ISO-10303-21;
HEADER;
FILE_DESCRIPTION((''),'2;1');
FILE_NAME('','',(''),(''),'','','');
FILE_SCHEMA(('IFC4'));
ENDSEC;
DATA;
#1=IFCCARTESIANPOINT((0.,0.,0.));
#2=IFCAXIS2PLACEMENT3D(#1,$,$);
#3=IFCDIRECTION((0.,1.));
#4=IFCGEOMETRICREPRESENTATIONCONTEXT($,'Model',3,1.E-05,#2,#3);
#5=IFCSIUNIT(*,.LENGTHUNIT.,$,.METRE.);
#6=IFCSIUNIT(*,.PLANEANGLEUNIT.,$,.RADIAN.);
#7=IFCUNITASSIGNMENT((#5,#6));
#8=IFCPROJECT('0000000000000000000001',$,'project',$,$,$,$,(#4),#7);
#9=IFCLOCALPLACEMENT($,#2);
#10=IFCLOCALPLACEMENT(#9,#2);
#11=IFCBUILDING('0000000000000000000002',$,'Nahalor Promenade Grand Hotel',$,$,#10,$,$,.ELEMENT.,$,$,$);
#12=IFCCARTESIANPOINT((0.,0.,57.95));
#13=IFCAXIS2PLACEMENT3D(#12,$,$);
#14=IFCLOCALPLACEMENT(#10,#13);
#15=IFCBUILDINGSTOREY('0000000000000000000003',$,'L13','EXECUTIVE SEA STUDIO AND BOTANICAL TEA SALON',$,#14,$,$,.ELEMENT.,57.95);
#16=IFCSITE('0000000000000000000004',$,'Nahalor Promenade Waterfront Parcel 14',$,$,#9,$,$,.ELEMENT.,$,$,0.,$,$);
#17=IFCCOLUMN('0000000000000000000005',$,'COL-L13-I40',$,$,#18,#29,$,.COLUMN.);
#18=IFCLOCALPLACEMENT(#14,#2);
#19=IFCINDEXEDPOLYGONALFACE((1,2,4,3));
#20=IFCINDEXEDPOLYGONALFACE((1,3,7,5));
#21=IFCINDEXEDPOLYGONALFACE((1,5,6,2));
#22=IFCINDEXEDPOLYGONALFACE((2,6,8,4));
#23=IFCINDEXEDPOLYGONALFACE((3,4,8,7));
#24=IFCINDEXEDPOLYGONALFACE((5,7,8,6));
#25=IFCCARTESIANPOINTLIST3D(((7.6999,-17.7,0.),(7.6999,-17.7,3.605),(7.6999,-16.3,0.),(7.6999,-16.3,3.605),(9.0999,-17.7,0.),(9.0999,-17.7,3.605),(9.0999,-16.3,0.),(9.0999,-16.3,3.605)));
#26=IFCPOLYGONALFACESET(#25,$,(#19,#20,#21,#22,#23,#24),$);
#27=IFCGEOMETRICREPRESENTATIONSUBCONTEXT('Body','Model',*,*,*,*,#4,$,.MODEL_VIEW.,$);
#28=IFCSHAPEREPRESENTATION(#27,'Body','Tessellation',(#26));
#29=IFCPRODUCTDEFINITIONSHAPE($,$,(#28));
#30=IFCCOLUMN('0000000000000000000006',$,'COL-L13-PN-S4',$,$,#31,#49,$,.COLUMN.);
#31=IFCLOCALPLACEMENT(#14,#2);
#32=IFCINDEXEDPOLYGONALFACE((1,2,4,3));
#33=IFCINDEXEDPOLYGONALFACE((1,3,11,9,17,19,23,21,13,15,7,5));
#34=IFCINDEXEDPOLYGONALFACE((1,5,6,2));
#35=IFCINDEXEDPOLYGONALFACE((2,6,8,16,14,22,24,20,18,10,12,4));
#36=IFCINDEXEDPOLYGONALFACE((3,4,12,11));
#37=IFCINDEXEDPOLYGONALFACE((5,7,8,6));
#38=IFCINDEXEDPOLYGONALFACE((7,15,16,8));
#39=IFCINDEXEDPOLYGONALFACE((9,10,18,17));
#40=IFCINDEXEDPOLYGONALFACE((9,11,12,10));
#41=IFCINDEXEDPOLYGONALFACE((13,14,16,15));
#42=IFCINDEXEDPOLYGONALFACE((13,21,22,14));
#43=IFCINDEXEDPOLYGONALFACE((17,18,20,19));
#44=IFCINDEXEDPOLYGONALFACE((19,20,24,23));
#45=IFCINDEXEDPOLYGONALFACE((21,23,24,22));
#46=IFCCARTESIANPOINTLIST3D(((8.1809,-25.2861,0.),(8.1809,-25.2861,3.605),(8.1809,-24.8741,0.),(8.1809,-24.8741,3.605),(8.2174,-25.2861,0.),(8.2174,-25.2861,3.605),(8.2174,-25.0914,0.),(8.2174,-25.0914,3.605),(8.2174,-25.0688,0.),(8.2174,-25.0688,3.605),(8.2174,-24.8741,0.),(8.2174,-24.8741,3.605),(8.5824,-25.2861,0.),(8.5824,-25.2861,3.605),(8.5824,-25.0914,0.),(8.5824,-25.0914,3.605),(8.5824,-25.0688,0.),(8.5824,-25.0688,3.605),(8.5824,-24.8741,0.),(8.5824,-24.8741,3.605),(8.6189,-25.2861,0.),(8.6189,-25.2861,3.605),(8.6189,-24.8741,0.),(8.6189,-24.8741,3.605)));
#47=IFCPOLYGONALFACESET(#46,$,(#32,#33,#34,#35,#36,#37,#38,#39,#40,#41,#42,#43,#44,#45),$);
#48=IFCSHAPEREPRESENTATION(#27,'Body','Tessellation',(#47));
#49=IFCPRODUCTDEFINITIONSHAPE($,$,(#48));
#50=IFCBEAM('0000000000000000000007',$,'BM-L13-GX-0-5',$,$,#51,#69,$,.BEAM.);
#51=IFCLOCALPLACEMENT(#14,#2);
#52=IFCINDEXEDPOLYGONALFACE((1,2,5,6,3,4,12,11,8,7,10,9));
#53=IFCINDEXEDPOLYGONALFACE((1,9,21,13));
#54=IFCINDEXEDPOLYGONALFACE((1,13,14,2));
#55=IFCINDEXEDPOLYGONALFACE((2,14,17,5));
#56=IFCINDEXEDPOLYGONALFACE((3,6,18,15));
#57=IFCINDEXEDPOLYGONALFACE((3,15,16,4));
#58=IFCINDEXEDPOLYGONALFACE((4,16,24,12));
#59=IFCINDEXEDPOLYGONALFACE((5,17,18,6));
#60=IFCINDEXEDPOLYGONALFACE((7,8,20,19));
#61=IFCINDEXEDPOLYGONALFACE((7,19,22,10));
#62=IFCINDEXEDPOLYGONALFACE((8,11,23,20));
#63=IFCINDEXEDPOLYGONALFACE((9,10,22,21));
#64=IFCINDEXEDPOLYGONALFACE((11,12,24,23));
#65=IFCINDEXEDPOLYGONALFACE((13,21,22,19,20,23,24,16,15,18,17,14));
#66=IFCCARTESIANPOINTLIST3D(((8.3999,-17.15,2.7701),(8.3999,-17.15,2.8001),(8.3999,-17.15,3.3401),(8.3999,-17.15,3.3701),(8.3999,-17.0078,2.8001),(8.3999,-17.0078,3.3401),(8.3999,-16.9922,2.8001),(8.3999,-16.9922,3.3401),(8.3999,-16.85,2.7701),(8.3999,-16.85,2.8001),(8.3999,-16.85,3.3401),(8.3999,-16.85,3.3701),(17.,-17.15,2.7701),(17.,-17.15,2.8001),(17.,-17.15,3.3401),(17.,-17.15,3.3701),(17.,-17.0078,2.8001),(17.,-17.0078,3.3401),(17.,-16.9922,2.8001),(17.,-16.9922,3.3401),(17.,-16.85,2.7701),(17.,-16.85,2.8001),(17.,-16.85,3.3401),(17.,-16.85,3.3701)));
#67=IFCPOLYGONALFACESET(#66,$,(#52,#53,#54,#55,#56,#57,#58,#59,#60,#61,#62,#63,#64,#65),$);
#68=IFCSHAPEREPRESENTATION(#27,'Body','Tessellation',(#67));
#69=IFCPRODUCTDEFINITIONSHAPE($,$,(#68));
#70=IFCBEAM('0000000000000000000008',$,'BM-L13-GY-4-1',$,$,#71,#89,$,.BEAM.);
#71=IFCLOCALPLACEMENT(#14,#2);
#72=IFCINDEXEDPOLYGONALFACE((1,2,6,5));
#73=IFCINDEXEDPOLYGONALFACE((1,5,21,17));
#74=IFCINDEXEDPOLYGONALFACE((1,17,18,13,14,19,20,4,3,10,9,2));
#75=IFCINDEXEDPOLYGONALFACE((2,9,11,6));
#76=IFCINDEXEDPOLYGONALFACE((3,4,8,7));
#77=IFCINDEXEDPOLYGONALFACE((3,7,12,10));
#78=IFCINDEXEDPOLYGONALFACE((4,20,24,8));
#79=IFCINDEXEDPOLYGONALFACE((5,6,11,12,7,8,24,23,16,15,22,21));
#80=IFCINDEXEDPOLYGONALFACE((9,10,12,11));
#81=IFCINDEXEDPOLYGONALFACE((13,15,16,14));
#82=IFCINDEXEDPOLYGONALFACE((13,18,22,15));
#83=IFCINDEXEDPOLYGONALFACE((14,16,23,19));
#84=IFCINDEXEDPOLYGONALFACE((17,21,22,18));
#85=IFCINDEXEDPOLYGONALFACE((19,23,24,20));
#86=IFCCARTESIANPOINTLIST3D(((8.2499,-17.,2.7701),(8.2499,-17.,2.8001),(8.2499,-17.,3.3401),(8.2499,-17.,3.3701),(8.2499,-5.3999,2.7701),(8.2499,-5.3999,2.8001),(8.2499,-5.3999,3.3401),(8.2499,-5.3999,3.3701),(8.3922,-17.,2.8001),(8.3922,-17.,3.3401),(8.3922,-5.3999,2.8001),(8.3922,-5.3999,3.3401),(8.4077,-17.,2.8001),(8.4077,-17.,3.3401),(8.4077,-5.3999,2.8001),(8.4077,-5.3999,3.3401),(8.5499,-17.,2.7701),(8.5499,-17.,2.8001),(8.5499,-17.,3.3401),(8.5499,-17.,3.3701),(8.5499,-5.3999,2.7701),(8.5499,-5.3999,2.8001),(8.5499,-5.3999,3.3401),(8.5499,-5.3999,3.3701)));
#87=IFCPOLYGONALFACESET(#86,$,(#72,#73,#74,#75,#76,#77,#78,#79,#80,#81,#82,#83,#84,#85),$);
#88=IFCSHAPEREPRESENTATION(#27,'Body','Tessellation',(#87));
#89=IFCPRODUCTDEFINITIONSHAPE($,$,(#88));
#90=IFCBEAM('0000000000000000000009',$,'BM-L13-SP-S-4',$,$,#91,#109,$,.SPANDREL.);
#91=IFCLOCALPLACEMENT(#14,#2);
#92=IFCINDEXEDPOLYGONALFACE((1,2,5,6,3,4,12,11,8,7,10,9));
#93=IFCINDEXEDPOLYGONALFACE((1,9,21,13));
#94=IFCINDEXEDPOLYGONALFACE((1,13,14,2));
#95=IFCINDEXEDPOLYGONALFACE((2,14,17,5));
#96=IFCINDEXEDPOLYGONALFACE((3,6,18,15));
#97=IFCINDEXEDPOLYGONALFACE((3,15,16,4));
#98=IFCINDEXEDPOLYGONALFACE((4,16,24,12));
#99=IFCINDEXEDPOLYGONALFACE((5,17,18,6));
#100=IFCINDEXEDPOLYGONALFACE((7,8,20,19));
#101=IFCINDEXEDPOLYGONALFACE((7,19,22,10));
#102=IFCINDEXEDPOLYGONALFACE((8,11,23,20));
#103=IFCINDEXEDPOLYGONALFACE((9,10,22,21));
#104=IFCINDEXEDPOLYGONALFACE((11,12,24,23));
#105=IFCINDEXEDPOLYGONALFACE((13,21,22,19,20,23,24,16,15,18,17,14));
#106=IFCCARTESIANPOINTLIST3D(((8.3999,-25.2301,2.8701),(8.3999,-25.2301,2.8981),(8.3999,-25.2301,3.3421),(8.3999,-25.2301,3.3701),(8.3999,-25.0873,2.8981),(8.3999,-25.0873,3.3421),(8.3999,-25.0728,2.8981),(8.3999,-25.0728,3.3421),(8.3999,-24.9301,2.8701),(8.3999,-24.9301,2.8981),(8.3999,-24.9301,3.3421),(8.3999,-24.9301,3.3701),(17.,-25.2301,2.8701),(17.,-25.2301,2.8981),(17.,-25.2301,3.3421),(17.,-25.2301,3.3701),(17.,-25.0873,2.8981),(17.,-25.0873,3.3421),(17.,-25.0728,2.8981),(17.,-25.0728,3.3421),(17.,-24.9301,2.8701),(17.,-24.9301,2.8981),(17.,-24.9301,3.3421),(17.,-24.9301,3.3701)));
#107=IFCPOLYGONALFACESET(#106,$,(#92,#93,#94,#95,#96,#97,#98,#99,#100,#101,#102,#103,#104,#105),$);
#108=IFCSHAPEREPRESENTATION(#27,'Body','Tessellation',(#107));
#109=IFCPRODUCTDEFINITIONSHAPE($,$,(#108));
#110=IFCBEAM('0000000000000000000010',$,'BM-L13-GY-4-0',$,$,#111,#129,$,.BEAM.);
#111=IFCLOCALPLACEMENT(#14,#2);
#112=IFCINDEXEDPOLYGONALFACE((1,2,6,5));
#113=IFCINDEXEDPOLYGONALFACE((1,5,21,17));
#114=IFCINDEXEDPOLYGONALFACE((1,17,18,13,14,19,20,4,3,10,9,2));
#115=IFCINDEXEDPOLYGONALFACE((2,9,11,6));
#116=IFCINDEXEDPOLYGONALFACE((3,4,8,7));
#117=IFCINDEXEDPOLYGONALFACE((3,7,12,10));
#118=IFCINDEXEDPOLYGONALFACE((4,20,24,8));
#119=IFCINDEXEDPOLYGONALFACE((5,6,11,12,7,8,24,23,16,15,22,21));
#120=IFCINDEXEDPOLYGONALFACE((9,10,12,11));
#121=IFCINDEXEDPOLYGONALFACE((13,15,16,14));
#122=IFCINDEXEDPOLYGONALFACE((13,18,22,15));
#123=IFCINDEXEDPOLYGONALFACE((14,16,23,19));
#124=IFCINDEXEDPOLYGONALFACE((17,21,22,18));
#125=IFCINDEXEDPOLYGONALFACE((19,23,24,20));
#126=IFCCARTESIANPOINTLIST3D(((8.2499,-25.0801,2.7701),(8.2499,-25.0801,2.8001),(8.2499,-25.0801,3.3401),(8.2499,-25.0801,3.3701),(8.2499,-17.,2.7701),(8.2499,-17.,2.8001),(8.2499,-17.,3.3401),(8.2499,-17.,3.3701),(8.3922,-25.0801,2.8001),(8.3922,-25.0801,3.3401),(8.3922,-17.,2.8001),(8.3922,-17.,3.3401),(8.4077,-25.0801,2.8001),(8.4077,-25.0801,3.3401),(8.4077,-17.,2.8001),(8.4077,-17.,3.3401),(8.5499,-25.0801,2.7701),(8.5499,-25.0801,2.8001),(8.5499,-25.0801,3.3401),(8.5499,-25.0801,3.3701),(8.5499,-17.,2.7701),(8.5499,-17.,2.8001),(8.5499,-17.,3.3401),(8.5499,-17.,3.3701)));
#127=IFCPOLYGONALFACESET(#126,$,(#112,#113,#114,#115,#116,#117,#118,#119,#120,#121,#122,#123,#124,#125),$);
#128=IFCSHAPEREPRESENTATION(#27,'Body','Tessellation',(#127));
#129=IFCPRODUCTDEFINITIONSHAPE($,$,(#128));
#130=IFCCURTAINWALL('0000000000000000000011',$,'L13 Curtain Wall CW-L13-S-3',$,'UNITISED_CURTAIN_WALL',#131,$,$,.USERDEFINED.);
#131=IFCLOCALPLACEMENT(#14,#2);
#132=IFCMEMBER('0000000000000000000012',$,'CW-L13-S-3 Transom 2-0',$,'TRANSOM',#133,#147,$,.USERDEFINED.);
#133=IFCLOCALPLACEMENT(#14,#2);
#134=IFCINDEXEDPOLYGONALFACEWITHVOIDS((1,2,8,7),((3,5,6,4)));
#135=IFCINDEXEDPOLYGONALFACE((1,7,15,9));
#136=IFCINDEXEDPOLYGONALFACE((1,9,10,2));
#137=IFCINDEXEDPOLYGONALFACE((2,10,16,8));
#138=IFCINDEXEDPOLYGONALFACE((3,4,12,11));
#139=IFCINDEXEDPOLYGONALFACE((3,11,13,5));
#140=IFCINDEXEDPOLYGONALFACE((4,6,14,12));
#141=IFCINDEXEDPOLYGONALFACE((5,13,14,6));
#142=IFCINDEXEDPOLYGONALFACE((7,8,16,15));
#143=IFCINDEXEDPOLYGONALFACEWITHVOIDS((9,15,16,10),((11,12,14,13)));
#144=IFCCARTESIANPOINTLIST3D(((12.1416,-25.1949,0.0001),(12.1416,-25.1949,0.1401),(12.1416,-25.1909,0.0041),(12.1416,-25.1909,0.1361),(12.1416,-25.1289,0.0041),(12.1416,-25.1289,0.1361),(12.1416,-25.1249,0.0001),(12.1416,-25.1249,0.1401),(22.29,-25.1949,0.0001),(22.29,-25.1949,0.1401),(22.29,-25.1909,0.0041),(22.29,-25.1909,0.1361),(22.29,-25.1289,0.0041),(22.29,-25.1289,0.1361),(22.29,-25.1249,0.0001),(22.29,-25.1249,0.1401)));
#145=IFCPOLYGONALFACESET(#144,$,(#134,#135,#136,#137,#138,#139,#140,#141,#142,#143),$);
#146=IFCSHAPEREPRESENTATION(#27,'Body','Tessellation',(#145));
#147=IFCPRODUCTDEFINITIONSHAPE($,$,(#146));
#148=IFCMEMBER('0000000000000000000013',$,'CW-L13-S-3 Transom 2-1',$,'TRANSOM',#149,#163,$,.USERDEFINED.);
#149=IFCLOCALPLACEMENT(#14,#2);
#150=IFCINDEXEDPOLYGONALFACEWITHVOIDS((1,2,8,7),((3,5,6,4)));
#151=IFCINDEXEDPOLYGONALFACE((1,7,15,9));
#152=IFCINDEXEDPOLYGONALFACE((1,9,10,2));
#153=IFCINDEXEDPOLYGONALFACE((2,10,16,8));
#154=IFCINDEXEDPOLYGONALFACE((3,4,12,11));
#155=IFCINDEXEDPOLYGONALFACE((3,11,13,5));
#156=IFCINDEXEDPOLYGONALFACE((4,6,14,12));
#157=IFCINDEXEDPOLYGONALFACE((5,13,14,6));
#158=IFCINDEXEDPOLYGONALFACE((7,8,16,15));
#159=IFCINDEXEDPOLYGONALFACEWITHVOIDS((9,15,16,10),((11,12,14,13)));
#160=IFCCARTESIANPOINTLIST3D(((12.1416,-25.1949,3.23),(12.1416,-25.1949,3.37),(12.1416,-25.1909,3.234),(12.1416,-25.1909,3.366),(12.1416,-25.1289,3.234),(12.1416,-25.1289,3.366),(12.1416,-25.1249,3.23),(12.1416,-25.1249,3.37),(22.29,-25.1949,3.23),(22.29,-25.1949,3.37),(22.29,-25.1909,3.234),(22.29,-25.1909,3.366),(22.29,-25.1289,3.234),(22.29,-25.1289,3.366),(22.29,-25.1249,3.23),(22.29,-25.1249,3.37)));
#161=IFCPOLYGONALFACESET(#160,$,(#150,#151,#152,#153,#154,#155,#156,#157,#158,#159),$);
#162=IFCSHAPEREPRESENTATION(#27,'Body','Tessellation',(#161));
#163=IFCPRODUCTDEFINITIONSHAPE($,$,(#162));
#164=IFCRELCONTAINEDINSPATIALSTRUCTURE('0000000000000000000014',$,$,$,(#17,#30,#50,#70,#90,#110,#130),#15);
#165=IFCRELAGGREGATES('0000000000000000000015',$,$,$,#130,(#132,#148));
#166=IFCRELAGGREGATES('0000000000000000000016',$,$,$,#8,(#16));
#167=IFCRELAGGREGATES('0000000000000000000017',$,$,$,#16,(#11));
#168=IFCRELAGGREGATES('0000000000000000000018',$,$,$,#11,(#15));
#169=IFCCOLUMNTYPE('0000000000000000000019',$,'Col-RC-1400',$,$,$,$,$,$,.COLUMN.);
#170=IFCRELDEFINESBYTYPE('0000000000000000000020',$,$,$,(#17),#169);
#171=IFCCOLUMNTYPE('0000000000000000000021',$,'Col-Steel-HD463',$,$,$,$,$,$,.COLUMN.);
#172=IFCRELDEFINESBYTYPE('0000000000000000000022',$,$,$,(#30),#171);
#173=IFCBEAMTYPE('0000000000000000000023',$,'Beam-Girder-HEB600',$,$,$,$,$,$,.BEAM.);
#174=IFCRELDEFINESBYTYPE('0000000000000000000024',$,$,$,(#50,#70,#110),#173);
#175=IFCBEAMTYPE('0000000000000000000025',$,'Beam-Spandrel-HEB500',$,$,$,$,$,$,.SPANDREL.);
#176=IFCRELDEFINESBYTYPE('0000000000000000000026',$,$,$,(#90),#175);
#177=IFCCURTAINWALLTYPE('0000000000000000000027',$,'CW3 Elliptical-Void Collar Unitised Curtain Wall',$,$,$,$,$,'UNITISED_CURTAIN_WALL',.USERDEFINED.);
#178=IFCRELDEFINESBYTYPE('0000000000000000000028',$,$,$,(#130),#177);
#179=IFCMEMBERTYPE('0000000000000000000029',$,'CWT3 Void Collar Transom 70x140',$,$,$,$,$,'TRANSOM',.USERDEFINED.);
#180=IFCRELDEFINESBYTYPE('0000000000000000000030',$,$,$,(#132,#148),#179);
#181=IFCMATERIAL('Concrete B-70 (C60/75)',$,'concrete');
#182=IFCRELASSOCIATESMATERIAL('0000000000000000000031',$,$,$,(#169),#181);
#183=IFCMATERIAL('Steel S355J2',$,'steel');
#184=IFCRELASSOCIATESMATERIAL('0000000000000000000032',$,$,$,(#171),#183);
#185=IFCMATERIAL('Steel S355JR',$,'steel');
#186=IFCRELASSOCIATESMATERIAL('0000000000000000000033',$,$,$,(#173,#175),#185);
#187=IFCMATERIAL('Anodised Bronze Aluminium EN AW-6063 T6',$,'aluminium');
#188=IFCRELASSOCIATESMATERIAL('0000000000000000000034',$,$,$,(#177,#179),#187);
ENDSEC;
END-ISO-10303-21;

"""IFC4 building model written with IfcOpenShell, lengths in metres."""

from ifc_helpers import new_model, si_unit, direction, frame, origin, origin_2d, place, context, subcontext, project, spatial, rectangle, hollow_rectangle, i_section, extrude, source, transform, mapped, material, material_profile, profile_set, type_object, element, aggregate, save


model = new_model("IFC4")

# Units and contexts
model_context = context("Model", 3, precision=1e-05, world=origin(), true_north=direction((0.0, 1.0)))
body_context = subcontext(model_context, "Body", "Model", "MODEL_VIEW")
ifc_project = project(units=[si_unit("LENGTHUNIT", "METRE"), si_unit("PLANEANGLEUNIT", "RADIAN")], contexts=[model_context])

# Site, building, storey
site_placement = place(None, origin())
site = spatial("IfcSite", under=ifc_project, at=site_placement, Name="Nahalor Promenade Waterfront Parcel 14", CompositionType="ELEMENT", RefElevation=0.0)
building_placement = place(site_placement, origin())
building = spatial("IfcBuilding", under=site, at=building_placement, Name="Nahalor Promenade Grand Hotel", CompositionType="ELEMENT")
storey_placement = place(building_placement, frame((0.0, 0.0, 57.95)))
storey = spatial("IfcBuildingStorey", under=building, at=storey_placement, Name="L13", Description="EXECUTIVE SEA STUDIO AND BOTANICAL TEA SALON", CompositionType="ELEMENT", Elevation=57.95)

# Columns
ifc_material_1 = material(Name="Concrete B-70 (C60/75)", Category="concrete")
ifc_material_profile_1 = material_profile(ifc_material_1, rectangle(XDim=1.4, YDim=1.4, at=origin_2d()), Name="RC 1400x1400")
ifc_profile_set_1 = profile_set([ifc_material_profile_1], Name="Concrete B-70 (C60/75)")
column_type_1 = type_object("IfcColumnType", Name="Col-RC-1400", PredefinedType="COLUMN", material=ifc_profile_set_1)
shared_shape_1 = source(origin(), body_context, "Body", "SweptSolid", [
    extrude(rectangle(XDim=1.4, YDim=1.4, at=origin_2d()), origin(), (0.0, 0.0, 1.0), 3.605),
])
column_1_placement = place(storey_placement, frame((8.3999, -17.0, 0.0), z_axis=(0.0, 0.0, 1.0), x_axis=(1.0, 0.0, 0.0)))
element("IfcColumn", 1, at=column_1_placement, inside=storey, type_object=column_type_1, Name="COL-L13-I40", PredefinedType="COLUMN", context=body_context, shape_type="MappedRepresentation", body=[
    mapped(shared_shape_1, transform((0.0, 0.0, 0.0), scale=1.0)),
])
ifc_material_2 = material(Name="Steel S355J2", Category="steel")
ifc_material_profile_2 = material_profile(ifc_material_2, i_section(OverallWidth=0.412, OverallDepth=0.438, WebThickness=0.0226, FlangeThickness=0.0365, at=origin_2d()), Name="HD 400x463")
ifc_profile_set_2 = profile_set([ifc_material_profile_2], Name="Steel S355J2")
column_type_2 = type_object("IfcColumnType", Name="Col-Steel-HD463", PredefinedType="COLUMN", material=ifc_profile_set_2)
shared_shape_2 = source(origin(), body_context, "Body", "SweptSolid", [
    extrude(i_section(OverallWidth=0.412, OverallDepth=0.438, WebThickness=0.0226, FlangeThickness=0.0365, at=origin_2d()), origin(), (0.0, 0.0, 1.0), 3.605),
])
column_2_placement = place(storey_placement, frame((8.3999, -25.0801, 0.0), z_axis=(0.0, 0.0, 1.0), x_axis=(0.0, 1.0, 0.0)))
element("IfcColumn", 2, at=column_2_placement, inside=storey, type_object=column_type_2, Name="COL-L13-PN-S4", PredefinedType="COLUMN", context=body_context, shape_type="MappedRepresentation", body=[
    mapped(shared_shape_2, transform((0.0, 0.0, 0.0), scale=1.0)),
])

# Beams
ifc_material_3 = material(Name="Steel S355JR", Category="steel")
ifc_material_profile_3 = material_profile(ifc_material_3, i_section(OverallWidth=0.3, OverallDepth=0.6, WebThickness=0.0155, FlangeThickness=0.03, at=origin_2d()), Name="HEB 600")
ifc_profile_set_3 = profile_set([ifc_material_profile_3], Name="Steel S355JR")
beam_type_1 = type_object("IfcBeamType", Name="Beam-Girder-HEB600", PredefinedType="BEAM", material=ifc_profile_set_3)
shared_shape_3 = source(origin(), body_context, "Body", "SweptSolid", [
    extrude(i_section(OverallWidth=0.3, OverallDepth=0.6, WebThickness=0.0155, FlangeThickness=0.03, at=origin_2d()), origin(), (0.0, 0.0, 1.0), 8.6001),
])
beam_1_placement = place(storey_placement, frame((8.3999, -17.0, 3.0701), z_axis=(1.0, 0.0, 0.0), x_axis=(0.0, 1.0, 0.0)))
element("IfcBeam", 3, at=beam_1_placement, inside=storey, type_object=beam_type_1, Name="BM-L13-GX-0-5", PredefinedType="BEAM", context=body_context, shape_type="MappedRepresentation", body=[
    mapped(shared_shape_3, transform((0.0, 0.0, 0.0), scale=1.0)),
])
shared_shape_4 = source(origin(), body_context, "Body", "SweptSolid", [
    extrude(i_section(OverallWidth=0.3, OverallDepth=0.6, WebThickness=0.0155, FlangeThickness=0.03, at=origin_2d()), origin(), (0.0, 0.0, 1.0), 11.6001),
])
beam_2_placement = place(storey_placement, frame((8.3999, -17.0, 3.0701), z_axis=(0.0, 1.0, 0.0), x_axis=(-1.0, 0.0, 0.0)))
element("IfcBeam", 4, at=beam_2_placement, inside=storey, type_object=beam_type_1, Name="BM-L13-GY-4-1", PredefinedType="BEAM", context=body_context, shape_type="MappedRepresentation", body=[
    mapped(shared_shape_4, transform((0.0, 0.0, 0.0), scale=1.0)),
])
ifc_material_profile_4 = material_profile(ifc_material_3, i_section(OverallWidth=0.3, OverallDepth=0.5, WebThickness=0.0145, FlangeThickness=0.028, at=origin_2d()), Name="HEB 500")
ifc_profile_set_4 = profile_set([ifc_material_profile_4], Name="Steel S355JR")
beam_type_2 = type_object("IfcBeamType", Name="Beam-Spandrel-HEB500", PredefinedType="SPANDREL", material=ifc_profile_set_4)
shared_shape_5 = source(origin(), body_context, "Body", "SweptSolid", [
    extrude(i_section(OverallWidth=0.3, OverallDepth=0.5, WebThickness=0.0145, FlangeThickness=0.028, at=origin_2d()), origin(), (0.0, 0.0, 1.0), 8.6001),
])
beam_3_placement = place(storey_placement, frame((8.3999, -25.0801, 3.1201), z_axis=(1.0, 0.0, 0.0), x_axis=(0.0, 1.0, 0.0)))
element("IfcBeam", 5, at=beam_3_placement, inside=storey, type_object=beam_type_2, Name="BM-L13-SP-S-4", PredefinedType="SPANDREL", context=body_context, shape_type="MappedRepresentation", body=[
    mapped(shared_shape_5, transform((0.0, 0.0, 0.0), scale=1.0)),
])
shared_shape_6 = source(origin(), body_context, "Body", "SweptSolid", [
    extrude(i_section(OverallWidth=0.3, OverallDepth=0.6, WebThickness=0.0155, FlangeThickness=0.03, at=origin_2d()), origin(), (0.0, 0.0, 1.0), 8.0801),
])
beam_4_placement = place(storey_placement, frame((8.3999, -25.0801, 3.0701), z_axis=(0.0, 1.0, 0.0), x_axis=(-1.0, 0.0, 0.0)))
element("IfcBeam", 6, at=beam_4_placement, inside=storey, type_object=beam_type_1, Name="BM-L13-GY-4-0", PredefinedType="BEAM", context=body_context, shape_type="MappedRepresentation", body=[
    mapped(shared_shape_6, transform((0.0, 0.0, 0.0), scale=1.0)),
])

# Curtain wall, members
ifc_material_4 = material(Name="Anodised Bronze Aluminium EN AW-6063 T6", Category="aluminium")
curtain_wall_type = type_object("IfcCurtainWallType", Name="CW3 Elliptical-Void Collar Unitised Curtain Wall", ElementType="UNITISED_CURTAIN_WALL", PredefinedType="USERDEFINED", material=ifc_material_4)
curtain_wall_placement = place(storey_placement, origin())
curtain_wall = element("IfcCurtainWall", 7, at=curtain_wall_placement, inside=storey, type_object=curtain_wall_type, Name="L13 Curtain Wall CW-L13-S-3", ObjectType="UNITISED_CURTAIN_WALL", PredefinedType="USERDEFINED")
ifc_material_profile_5 = material_profile(ifc_material_4, hollow_rectangle(XDim=0.07, YDim=0.14, WallThickness=0.004, at=origin_2d()), Name="CWT 70x140x4")
ifc_profile_set_5 = profile_set([ifc_material_profile_5], Name="Anodised Bronze Aluminium EN AW-6063 T6")
member_type_1 = type_object("IfcMemberType", Name="CWT3 Void Collar Transom 70x140", ElementType="TRANSOM", PredefinedType="USERDEFINED", material=ifc_profile_set_5)
shared_shape_7 = source(origin(), body_context, "Body", "SweptSolid", [
    extrude(hollow_rectangle(XDim=0.07, YDim=0.14, WallThickness=0.004, at=origin_2d()), origin(), (0.0, 0.0, 1.0), 10.1484),
])
member_1_placement = place(storey_placement, frame((12.1416, -25.1599, 0.0701), z_axis=(1.0, 0.0, 0.0), x_axis=(0.0, 1.0, 0.0)))
member_1 = element("IfcMember", 8, at=member_1_placement, type_object=member_type_1, Name="CW-L13-S-3 Transom 2-0", ObjectType="TRANSOM", PredefinedType="USERDEFINED", context=body_context, shape_type="MappedRepresentation", body=[
    mapped(shared_shape_7, transform((0.0, 0.0, 0.0), scale=1.0)),
])
member_2_placement = place(storey_placement, frame((12.1416, -25.1599, 3.3), z_axis=(1.0, 0.0, 0.0), x_axis=(0.0, 1.0, 0.0)))
member_2 = element("IfcMember", 9, at=member_2_placement, type_object=member_type_1, Name="CW-L13-S-3 Transom 2-1", ObjectType="TRANSOM", PredefinedType="USERDEFINED", context=body_context, shape_type="MappedRepresentation", body=[
    mapped(shared_shape_7, transform((0.0, 0.0, 0.0), scale=1.0)),
])
aggregate(curtain_wall, [member_1, member_2])

save(model, "model.ifc")
